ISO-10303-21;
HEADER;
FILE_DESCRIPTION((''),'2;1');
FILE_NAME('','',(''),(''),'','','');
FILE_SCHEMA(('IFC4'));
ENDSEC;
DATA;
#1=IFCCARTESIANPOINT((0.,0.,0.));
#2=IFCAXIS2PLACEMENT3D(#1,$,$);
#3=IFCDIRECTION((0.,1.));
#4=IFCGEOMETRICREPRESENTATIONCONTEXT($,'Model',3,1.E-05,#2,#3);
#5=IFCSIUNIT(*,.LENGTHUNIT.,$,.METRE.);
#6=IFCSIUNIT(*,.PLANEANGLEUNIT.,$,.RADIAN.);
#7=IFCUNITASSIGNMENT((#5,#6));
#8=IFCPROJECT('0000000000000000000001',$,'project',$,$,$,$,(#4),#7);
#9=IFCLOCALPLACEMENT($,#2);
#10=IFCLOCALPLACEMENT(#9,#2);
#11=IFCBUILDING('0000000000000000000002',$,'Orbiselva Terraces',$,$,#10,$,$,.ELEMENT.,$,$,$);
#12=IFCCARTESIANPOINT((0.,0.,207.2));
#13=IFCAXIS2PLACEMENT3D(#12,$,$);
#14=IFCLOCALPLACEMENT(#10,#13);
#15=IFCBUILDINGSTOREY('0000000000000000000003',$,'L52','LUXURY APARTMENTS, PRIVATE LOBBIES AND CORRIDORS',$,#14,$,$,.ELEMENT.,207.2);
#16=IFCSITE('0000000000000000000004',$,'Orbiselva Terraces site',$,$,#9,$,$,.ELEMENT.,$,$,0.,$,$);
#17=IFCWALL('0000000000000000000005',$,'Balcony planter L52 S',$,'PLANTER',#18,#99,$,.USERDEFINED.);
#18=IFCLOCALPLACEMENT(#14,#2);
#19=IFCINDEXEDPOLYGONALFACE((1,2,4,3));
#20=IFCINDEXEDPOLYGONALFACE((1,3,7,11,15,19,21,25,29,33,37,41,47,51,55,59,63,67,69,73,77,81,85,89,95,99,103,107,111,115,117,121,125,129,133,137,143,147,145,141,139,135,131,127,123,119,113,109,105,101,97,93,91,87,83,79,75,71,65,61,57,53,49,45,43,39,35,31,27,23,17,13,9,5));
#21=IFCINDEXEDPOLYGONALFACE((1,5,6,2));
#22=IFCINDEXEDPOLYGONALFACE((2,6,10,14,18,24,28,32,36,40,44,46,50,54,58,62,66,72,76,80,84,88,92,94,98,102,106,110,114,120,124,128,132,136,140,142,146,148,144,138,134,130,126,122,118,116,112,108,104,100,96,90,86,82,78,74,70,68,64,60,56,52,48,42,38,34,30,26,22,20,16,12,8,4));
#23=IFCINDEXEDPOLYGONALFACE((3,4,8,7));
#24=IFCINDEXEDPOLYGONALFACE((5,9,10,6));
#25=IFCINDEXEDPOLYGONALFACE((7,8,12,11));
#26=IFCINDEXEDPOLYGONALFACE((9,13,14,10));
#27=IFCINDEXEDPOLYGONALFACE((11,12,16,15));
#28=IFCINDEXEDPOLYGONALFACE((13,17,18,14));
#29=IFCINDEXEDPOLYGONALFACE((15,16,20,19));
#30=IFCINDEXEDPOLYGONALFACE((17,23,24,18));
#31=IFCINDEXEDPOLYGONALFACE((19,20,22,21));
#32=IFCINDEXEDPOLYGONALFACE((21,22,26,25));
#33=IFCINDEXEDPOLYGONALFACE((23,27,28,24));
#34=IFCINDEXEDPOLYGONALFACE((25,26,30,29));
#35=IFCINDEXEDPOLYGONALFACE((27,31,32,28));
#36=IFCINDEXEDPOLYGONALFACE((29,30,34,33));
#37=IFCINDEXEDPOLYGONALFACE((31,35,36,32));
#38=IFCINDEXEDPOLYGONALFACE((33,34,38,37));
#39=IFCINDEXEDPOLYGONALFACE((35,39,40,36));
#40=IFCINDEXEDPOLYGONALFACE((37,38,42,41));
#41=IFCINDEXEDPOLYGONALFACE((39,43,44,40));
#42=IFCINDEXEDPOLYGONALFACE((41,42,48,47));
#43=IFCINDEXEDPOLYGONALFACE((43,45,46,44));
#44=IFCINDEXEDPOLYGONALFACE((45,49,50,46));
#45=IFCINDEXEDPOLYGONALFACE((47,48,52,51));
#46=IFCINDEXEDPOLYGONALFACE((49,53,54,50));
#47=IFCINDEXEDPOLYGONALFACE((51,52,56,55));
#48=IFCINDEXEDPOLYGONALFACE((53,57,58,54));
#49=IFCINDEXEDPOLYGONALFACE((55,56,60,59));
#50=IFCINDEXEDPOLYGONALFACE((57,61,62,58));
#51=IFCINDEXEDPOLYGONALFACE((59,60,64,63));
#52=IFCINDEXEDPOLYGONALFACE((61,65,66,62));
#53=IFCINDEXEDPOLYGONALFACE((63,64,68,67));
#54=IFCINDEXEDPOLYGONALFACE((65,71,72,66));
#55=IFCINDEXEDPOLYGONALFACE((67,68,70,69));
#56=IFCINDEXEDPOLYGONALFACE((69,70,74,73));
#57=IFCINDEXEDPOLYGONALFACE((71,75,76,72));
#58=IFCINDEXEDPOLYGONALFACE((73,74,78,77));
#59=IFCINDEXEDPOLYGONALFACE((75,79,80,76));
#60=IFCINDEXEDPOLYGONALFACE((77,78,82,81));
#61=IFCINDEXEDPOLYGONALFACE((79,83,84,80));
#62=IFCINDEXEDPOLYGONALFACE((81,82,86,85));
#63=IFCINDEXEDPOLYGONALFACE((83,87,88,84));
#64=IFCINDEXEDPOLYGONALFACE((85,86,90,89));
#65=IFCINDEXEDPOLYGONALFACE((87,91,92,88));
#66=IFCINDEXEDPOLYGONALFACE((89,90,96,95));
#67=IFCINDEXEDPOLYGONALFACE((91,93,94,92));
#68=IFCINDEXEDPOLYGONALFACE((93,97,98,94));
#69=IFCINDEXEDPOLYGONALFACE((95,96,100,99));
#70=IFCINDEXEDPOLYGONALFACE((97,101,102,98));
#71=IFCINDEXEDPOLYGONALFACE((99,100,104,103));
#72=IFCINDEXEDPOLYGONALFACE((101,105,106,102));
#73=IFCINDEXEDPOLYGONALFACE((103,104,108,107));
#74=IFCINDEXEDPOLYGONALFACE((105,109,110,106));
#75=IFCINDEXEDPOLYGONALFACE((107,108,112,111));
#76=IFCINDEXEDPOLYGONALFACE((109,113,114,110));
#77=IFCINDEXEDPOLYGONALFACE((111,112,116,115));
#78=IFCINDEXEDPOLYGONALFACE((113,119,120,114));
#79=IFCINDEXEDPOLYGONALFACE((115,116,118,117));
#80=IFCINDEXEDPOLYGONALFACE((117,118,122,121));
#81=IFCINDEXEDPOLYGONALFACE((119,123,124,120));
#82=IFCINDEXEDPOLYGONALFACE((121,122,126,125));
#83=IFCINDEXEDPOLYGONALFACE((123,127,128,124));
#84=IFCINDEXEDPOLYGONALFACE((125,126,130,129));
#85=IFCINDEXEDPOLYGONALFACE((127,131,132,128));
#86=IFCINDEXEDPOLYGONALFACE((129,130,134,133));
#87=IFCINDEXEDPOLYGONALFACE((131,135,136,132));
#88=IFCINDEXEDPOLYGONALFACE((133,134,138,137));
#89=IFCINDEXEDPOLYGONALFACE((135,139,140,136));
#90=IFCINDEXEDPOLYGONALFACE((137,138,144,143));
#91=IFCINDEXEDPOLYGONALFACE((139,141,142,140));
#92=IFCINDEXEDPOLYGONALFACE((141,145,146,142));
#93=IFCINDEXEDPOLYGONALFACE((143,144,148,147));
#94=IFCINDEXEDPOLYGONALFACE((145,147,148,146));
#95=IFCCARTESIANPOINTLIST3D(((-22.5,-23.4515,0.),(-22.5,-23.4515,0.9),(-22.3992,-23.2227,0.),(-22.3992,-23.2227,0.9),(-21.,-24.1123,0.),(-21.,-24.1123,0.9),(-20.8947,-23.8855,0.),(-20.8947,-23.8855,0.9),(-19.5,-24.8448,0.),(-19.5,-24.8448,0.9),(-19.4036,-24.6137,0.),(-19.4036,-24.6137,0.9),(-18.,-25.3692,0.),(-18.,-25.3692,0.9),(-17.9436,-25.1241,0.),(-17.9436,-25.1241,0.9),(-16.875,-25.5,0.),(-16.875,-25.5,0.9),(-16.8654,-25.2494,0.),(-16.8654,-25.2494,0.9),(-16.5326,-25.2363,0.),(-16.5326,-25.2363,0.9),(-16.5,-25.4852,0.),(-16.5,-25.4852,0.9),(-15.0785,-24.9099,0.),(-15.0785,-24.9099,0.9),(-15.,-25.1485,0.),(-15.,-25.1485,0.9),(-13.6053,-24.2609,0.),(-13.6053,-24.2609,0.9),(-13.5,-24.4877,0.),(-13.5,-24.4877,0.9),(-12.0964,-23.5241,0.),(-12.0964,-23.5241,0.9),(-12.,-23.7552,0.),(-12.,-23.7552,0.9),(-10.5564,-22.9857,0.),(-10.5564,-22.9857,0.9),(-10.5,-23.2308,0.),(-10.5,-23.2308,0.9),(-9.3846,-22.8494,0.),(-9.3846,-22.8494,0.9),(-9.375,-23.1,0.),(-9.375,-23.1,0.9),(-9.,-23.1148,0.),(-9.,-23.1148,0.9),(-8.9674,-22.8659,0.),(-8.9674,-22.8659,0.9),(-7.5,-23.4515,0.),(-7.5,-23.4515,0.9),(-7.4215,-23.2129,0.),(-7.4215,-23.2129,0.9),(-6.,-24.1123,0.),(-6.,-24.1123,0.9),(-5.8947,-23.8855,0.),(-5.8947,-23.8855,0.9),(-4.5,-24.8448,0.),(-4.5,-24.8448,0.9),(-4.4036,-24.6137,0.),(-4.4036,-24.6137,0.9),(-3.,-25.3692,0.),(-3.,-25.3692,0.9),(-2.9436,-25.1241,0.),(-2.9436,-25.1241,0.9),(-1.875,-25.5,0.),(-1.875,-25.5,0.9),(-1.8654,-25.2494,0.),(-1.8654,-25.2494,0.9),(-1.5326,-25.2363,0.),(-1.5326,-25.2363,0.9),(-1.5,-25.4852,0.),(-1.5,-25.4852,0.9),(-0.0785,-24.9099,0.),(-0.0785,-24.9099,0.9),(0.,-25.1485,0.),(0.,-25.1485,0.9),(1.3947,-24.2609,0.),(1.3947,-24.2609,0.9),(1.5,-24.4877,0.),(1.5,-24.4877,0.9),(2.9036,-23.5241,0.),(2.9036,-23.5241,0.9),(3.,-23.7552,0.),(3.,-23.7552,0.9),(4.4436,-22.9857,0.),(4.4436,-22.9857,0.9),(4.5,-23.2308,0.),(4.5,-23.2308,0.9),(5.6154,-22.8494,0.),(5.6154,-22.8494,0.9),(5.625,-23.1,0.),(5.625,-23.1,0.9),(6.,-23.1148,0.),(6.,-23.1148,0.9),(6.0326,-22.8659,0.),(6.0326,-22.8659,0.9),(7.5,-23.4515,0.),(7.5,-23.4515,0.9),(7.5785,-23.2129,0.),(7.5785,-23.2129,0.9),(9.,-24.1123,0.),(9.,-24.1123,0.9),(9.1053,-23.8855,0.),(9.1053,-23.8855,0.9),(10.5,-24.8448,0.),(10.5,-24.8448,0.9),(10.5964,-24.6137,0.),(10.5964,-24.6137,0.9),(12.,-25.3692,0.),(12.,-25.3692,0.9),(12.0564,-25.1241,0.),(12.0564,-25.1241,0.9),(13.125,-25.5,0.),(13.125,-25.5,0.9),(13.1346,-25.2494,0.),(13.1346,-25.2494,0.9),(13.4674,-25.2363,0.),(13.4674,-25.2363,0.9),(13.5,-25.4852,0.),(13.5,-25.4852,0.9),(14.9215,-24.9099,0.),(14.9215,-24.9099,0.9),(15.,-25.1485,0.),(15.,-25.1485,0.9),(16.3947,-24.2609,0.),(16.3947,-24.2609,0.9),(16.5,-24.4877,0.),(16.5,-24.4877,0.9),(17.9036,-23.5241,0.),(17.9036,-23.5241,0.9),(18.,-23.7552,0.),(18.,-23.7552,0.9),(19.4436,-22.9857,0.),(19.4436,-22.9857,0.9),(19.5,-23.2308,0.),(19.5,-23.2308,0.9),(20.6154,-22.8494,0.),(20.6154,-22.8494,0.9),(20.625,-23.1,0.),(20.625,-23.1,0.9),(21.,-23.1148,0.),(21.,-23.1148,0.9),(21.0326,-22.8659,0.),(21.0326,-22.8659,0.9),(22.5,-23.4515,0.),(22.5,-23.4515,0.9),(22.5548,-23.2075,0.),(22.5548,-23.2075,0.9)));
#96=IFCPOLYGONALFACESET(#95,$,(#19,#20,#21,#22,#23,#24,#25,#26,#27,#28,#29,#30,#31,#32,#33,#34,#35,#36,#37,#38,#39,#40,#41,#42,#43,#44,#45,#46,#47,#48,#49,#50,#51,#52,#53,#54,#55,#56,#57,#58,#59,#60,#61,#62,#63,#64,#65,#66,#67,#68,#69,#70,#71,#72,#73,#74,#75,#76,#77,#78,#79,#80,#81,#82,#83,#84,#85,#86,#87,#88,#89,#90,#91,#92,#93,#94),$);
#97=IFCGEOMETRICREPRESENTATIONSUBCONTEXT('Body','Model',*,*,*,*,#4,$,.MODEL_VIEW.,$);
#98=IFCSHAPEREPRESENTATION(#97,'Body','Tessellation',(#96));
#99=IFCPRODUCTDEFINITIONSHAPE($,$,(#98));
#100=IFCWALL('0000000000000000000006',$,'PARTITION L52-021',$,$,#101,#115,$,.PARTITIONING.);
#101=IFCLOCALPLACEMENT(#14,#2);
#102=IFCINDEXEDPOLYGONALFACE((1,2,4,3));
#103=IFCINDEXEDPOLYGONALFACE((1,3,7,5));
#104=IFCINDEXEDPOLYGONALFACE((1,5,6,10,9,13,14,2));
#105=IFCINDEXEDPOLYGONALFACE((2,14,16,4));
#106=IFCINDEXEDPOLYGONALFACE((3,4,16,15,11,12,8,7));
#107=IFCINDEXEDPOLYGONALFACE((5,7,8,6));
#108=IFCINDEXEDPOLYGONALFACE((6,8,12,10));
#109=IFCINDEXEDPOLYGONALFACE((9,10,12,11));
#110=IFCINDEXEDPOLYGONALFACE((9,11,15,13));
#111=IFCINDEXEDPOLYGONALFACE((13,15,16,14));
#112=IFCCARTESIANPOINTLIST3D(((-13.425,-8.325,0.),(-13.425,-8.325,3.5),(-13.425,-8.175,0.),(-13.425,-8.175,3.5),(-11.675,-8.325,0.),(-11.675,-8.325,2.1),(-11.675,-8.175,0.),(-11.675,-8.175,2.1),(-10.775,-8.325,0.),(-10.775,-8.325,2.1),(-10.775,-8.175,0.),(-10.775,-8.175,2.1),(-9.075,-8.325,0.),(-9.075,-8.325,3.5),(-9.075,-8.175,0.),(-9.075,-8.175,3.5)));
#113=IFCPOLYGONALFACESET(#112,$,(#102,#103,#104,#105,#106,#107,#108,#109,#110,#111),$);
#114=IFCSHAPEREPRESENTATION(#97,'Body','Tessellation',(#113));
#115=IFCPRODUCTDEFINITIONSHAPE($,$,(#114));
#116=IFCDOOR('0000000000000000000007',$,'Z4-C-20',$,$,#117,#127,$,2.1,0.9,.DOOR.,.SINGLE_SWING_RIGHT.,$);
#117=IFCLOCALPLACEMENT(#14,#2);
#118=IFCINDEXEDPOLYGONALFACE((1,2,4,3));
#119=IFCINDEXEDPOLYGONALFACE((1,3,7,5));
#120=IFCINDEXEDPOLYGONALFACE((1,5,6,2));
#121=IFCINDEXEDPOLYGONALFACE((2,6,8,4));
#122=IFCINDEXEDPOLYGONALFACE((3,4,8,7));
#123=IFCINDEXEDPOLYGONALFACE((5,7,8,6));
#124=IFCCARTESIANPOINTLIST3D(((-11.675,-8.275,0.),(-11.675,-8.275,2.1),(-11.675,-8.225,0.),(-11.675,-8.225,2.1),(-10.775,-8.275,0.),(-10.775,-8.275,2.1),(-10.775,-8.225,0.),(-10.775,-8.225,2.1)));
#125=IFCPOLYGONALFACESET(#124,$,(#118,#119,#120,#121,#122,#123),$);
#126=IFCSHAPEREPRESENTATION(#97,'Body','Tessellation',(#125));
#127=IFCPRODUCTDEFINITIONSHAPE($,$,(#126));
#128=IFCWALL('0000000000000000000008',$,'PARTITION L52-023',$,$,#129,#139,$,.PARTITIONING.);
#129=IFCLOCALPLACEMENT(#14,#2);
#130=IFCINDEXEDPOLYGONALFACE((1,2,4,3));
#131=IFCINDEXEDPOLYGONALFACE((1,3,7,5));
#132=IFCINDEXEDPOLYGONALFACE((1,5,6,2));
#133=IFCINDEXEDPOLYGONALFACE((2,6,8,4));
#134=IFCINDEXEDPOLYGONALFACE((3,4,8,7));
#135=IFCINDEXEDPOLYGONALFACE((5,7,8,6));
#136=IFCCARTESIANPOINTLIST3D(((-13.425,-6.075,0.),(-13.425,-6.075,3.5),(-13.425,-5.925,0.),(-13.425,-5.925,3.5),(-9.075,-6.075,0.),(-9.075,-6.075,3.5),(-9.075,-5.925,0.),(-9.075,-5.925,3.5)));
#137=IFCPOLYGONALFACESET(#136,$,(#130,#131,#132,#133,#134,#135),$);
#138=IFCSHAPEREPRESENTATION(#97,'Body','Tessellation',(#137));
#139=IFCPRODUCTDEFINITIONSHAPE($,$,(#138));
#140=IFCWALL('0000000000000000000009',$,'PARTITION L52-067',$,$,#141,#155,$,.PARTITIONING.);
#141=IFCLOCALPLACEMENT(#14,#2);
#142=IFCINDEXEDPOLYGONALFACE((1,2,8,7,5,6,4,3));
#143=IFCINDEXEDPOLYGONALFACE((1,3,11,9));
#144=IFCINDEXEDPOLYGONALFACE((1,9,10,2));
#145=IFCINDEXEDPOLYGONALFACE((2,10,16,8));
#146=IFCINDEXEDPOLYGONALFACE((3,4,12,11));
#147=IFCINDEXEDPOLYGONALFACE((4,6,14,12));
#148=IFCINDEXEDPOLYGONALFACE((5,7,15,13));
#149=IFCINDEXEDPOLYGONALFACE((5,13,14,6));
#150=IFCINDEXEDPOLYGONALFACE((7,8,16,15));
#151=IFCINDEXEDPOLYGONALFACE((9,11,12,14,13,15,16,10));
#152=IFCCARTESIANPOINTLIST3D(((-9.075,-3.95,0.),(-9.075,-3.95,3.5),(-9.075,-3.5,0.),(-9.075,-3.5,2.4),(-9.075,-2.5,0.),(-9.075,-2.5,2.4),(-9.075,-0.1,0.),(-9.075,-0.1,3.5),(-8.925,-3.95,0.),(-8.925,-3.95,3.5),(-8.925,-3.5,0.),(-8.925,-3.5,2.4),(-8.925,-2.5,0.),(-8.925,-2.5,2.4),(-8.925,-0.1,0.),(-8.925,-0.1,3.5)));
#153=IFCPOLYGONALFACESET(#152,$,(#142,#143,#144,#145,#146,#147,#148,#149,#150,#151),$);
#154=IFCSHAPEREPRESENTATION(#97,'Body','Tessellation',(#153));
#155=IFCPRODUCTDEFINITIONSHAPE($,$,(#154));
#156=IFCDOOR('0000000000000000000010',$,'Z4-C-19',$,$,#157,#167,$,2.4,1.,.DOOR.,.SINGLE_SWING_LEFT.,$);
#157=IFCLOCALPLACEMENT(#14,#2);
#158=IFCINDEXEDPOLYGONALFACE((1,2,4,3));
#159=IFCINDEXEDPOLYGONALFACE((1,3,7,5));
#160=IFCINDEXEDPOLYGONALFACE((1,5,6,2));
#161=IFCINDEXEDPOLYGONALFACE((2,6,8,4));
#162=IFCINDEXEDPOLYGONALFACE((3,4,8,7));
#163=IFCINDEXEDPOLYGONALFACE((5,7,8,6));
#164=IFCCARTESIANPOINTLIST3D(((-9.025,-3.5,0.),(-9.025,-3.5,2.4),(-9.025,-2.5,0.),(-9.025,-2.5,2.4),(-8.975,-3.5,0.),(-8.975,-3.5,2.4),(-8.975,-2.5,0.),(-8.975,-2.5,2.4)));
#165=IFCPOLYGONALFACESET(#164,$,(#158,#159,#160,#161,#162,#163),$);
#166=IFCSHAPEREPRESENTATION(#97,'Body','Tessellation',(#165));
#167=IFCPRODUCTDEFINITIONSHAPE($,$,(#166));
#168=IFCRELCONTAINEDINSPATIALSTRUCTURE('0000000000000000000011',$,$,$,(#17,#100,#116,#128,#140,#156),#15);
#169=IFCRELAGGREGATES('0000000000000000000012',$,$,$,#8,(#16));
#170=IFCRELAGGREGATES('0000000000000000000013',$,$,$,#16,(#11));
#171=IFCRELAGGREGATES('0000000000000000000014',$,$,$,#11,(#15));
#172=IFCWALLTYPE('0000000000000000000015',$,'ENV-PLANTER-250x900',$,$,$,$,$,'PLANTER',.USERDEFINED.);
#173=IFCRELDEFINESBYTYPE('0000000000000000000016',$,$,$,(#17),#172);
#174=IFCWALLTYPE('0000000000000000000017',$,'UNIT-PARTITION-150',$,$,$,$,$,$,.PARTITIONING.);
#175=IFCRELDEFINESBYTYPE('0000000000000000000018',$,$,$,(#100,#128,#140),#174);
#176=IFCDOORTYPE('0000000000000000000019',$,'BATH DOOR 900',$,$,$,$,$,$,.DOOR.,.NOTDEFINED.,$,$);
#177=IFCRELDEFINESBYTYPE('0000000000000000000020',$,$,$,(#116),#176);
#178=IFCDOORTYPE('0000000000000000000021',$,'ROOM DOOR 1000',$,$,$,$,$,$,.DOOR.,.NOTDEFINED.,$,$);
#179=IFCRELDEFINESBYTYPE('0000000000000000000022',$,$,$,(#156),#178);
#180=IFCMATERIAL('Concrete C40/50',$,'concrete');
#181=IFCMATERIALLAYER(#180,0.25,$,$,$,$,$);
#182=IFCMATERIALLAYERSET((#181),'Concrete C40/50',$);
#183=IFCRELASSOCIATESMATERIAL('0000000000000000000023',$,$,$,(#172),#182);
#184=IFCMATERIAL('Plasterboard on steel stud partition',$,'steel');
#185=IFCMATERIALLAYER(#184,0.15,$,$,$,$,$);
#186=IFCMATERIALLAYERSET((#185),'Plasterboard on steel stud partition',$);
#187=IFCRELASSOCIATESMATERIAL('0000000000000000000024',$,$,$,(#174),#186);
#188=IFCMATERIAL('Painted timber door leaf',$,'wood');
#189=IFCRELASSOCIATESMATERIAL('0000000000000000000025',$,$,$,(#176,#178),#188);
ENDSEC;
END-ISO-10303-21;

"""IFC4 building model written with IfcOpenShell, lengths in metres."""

from ifc_helpers import new_model, si_unit, direction, frame, frame_2d, origin, place, context, subcontext, project, spatial, polyline, rectangle, outline, extrude, material, layer, layer_set, type_object, element, fill, save


model = new_model("IFC4")

# Units and contexts
model_context = context("Model", 3, precision=1e-05, world=origin(), true_north=direction((0.0, 1.0)))
body_context = subcontext(model_context, "Body", "Model", "MODEL_VIEW")
ifc_project = project(units=[si_unit("LENGTHUNIT", "METRE"), si_unit("PLANEANGLEUNIT", "RADIAN")], contexts=[model_context])

# Site, building, storey
site_placement = place(None, origin())
site = spatial("IfcSite", under=ifc_project, at=site_placement, Name="Orbiselva Terraces site", CompositionType="ELEMENT", RefElevation=0.0)
building_placement = place(site_placement, origin())
building = spatial("IfcBuilding", under=site, at=building_placement, Name="Orbiselva Terraces", CompositionType="ELEMENT")
storey_placement = place(building_placement, frame((0.0, 0.0, 207.2)))
storey = spatial("IfcBuildingStorey", under=building, at=storey_placement, Name="L52", Description="LUXURY APARTMENTS, PRIVATE LOBBIES AND CORRIDORS", CompositionType="ELEMENT", Elevation=207.2)

# Wall
ifc_material_1 = material(Name="Concrete C40/50", Category="concrete")
ifc_layer_1 = layer(ifc_material_1, 0.25)
ifc_layer_set_1 = layer_set([ifc_layer_1], Name="Concrete C40/50")
wall_type_1 = type_object("IfcWallType", Name="ENV-PLANTER-250x900", ElementType="PLANTER", PredefinedType="USERDEFINED", material=ifc_layer_set_1)
wall_1_placement = place(storey_placement, origin())
element("IfcWall", 1, at=wall_1_placement, inside=storey, type_object=wall_type_1, Name="Balcony planter L52 S", ObjectType="PLANTER", PredefinedType="USERDEFINED", context=body_context, shape_type="SweptSolid", body=[
    extrude(outline(polyline([(-22.5, -23.4515), (-21.0, -24.1123), (-19.5, -24.8448), (-18.0, -25.3692), (-16.875, -25.5), (-16.5, -25.4852), (-15.0, -25.1485), (-13.5, -24.4877), (-12.0, -23.7552), (-10.5, -23.2308), (-9.375, -23.1), (-9.0, -23.1148), (-7.5, -23.4515), (-6.0, -24.1123), (-4.5, -24.8448), (-3.0, -25.3692), (-1.875, -25.5), (-1.5, -25.4852), (0.0, -25.1485), (1.5, -24.4877), (3.0, -23.7552), (4.5, -23.2308), (5.625, -23.1), (6.0, -23.1148), (7.5, -23.4515), (9.0, -24.1123), (10.5, -24.8448), (12.0, -25.3692), (13.125, -25.5), (13.5, -25.4852), (15.0, -25.1485), (16.5, -24.4877), (18.0, -23.7552), (19.5, -23.2308), (20.625, -23.1), (21.0, -23.1148), (22.5, -23.4515), (22.5548, -23.2075), (21.0326, -22.8659), (20.6154, -22.8494), (19.4436, -22.9857), (17.9036, -23.5241), (16.3947, -24.2609), (14.9215, -24.9099), (13.4674, -25.2363), (13.1346, -25.2494), (12.0564, -25.1241), (10.5964, -24.6137), (9.1053, -23.8855), (7.5785, -23.2129), (6.0326, -22.8659), (5.6154, -22.8494), (4.4436, -22.9857), (2.9036, -23.5241), (1.3947, -24.2609), (-0.0785, -24.9099), (-1.5326, -25.2363), (-1.8654, -25.2494), (-2.9436, -25.1241), (-4.4036, -24.6137), (-5.8947, -23.8855), (-7.4215, -23.2129), (-8.9674, -22.8659), (-9.3846, -22.8494), (-10.5564, -22.9857), (-12.0964, -23.5241), (-13.6053, -24.2609), (-15.0785, -24.9099), (-16.5326, -25.2363), (-16.8654, -25.2494), (-17.9436, -25.1241), (-19.4036, -24.6137), (-20.8947, -23.8855), (-22.3992, -23.2227), (-22.5, -23.4515)])), origin(), (0.0, 0.0, 1.0), 0.9),
])

# Wall, opening, door
ifc_material_2 = material(Name="Plasterboard on steel stud partition", Category="steel")
ifc_layer_2 = layer(ifc_material_2, 0.15)
ifc_layer_set_2 = layer_set([ifc_layer_2], Name="Plasterboard on steel stud partition")
wall_type_2 = type_object("IfcWallType", Name="UNIT-PARTITION-150", PredefinedType="PARTITIONING", material=ifc_layer_set_2)
wall_2_placement = place(storey_placement, frame((-13.425, -8.25, 0.0), z_axis=(0.0, 0.0, 1.0), x_axis=(1.0, 0.0, 0.0)))
wall_2 = element("IfcWall", 2, at=wall_2_placement, inside=storey, type_object=wall_type_2, Name="PARTITION L52-021", PredefinedType="PARTITIONING", context=body_context, shape_type="SweptSolid", body=[
    extrude(rectangle(XDim=4.35, YDim=0.15, at=frame_2d((2.175, 0.0))), origin(), (0.0, 0.0, 1.0), 3.5),
])
opening_1_placement = place(wall_2_placement, frame((1.75, 0.0, 0.0)))
opening_1 = element("IfcOpeningElement", 3, at=opening_1_placement, cuts=wall_2, PredefinedType="OPENING", context=body_context, shape_type="SweptSolid", body=[
    extrude(rectangle(XDim=0.9, YDim=2.1, at=frame_2d((0.45, 1.05))), frame((0.0, 0.085, 0.0), z_axis=(0.0, -1.0, 0.0), x_axis=(1.0, 0.0, 0.0)), (0.0, 0.0, 1.0), 0.17),
])
ifc_material_3 = material(Name="Painted timber door leaf", Category="wood")
door_type_1 = type_object("IfcDoorType", Name="BATH DOOR 900", OperationType="NOTDEFINED", PredefinedType="DOOR", material=ifc_material_3)
door_1_placement = place(opening_1_placement, origin())
door_1 = element("IfcDoor", 4, at=door_1_placement, inside=storey, type_object=door_type_1, Name="Z4-C-20", OperationType="SINGLE_SWING_RIGHT", OverallHeight=2.1, OverallWidth=0.9, PredefinedType="DOOR", context=body_context, shape_type="SweptSolid", body=[
    extrude(rectangle(XDim=0.9, YDim=2.1, at=frame_2d((0.45, 1.05))), frame((0.0, 0.025, 0.0), z_axis=(0.0, -1.0, 0.0), x_axis=(1.0, 0.0, 0.0)), (0.0, 0.0, 1.0), 0.05),
])
fill(opening_1, door_1)

# Wall
wall_3_placement = place(storey_placement, frame((-13.425, -6.0, 0.0), z_axis=(0.0, 0.0, 1.0), x_axis=(1.0, 0.0, 0.0)))
element("IfcWall", 5, at=wall_3_placement, inside=storey, type_object=wall_type_2, Name="PARTITION L52-023", PredefinedType="PARTITIONING", context=body_context, shape_type="SweptSolid", body=[
    extrude(rectangle(XDim=4.35, YDim=0.15, at=frame_2d((2.175, 0.0))), origin(), (0.0, 0.0, 1.0), 3.5),
])

# Wall, opening, door
wall_4_placement = place(storey_placement, frame((-9.0, -3.95, 0.0), z_axis=(0.0, 0.0, 1.0), x_axis=(0.0, 1.0, 0.0)))
wall_4 = element("IfcWall", 6, at=wall_4_placement, inside=storey, type_object=wall_type_2, Name="PARTITION L52-067", PredefinedType="PARTITIONING", context=body_context, shape_type="SweptSolid", body=[
    extrude(rectangle(XDim=3.85, YDim=0.15, at=frame_2d((1.925, 0.0))), origin(), (0.0, 0.0, 1.0), 3.5),
])
opening_2_placement = place(wall_4_placement, frame((0.45, 0.0, 0.0)))
opening_2 = element("IfcOpeningElement", 7, at=opening_2_placement, cuts=wall_4, PredefinedType="OPENING", context=body_context, shape_type="SweptSolid", body=[
    extrude(rectangle(XDim=1.0, YDim=2.4, at=frame_2d((0.5, 1.2))), frame((0.0, 0.085, 0.0), z_axis=(0.0, -1.0, 0.0), x_axis=(1.0, 0.0, 0.0)), (0.0, 0.0, 1.0), 0.17),
])
door_type_2 = type_object("IfcDoorType", Name="ROOM DOOR 1000", OperationType="NOTDEFINED", PredefinedType="DOOR", material=ifc_material_3)
door_2_placement = place(opening_2_placement, origin())
door_2 = element("IfcDoor", 8, at=door_2_placement, inside=storey, type_object=door_type_2, Name="Z4-C-19", OperationType="SINGLE_SWING_LEFT", OverallHeight=2.4, OverallWidth=1.0, PredefinedType="DOOR", context=body_context, shape_type="SweptSolid", body=[
    extrude(rectangle(XDim=1.0, YDim=2.4, at=frame_2d((0.5, 1.2))), frame((0.0, 0.025, 0.0), z_axis=(0.0, -1.0, 0.0), x_axis=(1.0, 0.0, 0.0)), (0.0, 0.0, 1.0), 0.05),
])
fill(opening_2, door_2)

save(model, "model.ifc")
